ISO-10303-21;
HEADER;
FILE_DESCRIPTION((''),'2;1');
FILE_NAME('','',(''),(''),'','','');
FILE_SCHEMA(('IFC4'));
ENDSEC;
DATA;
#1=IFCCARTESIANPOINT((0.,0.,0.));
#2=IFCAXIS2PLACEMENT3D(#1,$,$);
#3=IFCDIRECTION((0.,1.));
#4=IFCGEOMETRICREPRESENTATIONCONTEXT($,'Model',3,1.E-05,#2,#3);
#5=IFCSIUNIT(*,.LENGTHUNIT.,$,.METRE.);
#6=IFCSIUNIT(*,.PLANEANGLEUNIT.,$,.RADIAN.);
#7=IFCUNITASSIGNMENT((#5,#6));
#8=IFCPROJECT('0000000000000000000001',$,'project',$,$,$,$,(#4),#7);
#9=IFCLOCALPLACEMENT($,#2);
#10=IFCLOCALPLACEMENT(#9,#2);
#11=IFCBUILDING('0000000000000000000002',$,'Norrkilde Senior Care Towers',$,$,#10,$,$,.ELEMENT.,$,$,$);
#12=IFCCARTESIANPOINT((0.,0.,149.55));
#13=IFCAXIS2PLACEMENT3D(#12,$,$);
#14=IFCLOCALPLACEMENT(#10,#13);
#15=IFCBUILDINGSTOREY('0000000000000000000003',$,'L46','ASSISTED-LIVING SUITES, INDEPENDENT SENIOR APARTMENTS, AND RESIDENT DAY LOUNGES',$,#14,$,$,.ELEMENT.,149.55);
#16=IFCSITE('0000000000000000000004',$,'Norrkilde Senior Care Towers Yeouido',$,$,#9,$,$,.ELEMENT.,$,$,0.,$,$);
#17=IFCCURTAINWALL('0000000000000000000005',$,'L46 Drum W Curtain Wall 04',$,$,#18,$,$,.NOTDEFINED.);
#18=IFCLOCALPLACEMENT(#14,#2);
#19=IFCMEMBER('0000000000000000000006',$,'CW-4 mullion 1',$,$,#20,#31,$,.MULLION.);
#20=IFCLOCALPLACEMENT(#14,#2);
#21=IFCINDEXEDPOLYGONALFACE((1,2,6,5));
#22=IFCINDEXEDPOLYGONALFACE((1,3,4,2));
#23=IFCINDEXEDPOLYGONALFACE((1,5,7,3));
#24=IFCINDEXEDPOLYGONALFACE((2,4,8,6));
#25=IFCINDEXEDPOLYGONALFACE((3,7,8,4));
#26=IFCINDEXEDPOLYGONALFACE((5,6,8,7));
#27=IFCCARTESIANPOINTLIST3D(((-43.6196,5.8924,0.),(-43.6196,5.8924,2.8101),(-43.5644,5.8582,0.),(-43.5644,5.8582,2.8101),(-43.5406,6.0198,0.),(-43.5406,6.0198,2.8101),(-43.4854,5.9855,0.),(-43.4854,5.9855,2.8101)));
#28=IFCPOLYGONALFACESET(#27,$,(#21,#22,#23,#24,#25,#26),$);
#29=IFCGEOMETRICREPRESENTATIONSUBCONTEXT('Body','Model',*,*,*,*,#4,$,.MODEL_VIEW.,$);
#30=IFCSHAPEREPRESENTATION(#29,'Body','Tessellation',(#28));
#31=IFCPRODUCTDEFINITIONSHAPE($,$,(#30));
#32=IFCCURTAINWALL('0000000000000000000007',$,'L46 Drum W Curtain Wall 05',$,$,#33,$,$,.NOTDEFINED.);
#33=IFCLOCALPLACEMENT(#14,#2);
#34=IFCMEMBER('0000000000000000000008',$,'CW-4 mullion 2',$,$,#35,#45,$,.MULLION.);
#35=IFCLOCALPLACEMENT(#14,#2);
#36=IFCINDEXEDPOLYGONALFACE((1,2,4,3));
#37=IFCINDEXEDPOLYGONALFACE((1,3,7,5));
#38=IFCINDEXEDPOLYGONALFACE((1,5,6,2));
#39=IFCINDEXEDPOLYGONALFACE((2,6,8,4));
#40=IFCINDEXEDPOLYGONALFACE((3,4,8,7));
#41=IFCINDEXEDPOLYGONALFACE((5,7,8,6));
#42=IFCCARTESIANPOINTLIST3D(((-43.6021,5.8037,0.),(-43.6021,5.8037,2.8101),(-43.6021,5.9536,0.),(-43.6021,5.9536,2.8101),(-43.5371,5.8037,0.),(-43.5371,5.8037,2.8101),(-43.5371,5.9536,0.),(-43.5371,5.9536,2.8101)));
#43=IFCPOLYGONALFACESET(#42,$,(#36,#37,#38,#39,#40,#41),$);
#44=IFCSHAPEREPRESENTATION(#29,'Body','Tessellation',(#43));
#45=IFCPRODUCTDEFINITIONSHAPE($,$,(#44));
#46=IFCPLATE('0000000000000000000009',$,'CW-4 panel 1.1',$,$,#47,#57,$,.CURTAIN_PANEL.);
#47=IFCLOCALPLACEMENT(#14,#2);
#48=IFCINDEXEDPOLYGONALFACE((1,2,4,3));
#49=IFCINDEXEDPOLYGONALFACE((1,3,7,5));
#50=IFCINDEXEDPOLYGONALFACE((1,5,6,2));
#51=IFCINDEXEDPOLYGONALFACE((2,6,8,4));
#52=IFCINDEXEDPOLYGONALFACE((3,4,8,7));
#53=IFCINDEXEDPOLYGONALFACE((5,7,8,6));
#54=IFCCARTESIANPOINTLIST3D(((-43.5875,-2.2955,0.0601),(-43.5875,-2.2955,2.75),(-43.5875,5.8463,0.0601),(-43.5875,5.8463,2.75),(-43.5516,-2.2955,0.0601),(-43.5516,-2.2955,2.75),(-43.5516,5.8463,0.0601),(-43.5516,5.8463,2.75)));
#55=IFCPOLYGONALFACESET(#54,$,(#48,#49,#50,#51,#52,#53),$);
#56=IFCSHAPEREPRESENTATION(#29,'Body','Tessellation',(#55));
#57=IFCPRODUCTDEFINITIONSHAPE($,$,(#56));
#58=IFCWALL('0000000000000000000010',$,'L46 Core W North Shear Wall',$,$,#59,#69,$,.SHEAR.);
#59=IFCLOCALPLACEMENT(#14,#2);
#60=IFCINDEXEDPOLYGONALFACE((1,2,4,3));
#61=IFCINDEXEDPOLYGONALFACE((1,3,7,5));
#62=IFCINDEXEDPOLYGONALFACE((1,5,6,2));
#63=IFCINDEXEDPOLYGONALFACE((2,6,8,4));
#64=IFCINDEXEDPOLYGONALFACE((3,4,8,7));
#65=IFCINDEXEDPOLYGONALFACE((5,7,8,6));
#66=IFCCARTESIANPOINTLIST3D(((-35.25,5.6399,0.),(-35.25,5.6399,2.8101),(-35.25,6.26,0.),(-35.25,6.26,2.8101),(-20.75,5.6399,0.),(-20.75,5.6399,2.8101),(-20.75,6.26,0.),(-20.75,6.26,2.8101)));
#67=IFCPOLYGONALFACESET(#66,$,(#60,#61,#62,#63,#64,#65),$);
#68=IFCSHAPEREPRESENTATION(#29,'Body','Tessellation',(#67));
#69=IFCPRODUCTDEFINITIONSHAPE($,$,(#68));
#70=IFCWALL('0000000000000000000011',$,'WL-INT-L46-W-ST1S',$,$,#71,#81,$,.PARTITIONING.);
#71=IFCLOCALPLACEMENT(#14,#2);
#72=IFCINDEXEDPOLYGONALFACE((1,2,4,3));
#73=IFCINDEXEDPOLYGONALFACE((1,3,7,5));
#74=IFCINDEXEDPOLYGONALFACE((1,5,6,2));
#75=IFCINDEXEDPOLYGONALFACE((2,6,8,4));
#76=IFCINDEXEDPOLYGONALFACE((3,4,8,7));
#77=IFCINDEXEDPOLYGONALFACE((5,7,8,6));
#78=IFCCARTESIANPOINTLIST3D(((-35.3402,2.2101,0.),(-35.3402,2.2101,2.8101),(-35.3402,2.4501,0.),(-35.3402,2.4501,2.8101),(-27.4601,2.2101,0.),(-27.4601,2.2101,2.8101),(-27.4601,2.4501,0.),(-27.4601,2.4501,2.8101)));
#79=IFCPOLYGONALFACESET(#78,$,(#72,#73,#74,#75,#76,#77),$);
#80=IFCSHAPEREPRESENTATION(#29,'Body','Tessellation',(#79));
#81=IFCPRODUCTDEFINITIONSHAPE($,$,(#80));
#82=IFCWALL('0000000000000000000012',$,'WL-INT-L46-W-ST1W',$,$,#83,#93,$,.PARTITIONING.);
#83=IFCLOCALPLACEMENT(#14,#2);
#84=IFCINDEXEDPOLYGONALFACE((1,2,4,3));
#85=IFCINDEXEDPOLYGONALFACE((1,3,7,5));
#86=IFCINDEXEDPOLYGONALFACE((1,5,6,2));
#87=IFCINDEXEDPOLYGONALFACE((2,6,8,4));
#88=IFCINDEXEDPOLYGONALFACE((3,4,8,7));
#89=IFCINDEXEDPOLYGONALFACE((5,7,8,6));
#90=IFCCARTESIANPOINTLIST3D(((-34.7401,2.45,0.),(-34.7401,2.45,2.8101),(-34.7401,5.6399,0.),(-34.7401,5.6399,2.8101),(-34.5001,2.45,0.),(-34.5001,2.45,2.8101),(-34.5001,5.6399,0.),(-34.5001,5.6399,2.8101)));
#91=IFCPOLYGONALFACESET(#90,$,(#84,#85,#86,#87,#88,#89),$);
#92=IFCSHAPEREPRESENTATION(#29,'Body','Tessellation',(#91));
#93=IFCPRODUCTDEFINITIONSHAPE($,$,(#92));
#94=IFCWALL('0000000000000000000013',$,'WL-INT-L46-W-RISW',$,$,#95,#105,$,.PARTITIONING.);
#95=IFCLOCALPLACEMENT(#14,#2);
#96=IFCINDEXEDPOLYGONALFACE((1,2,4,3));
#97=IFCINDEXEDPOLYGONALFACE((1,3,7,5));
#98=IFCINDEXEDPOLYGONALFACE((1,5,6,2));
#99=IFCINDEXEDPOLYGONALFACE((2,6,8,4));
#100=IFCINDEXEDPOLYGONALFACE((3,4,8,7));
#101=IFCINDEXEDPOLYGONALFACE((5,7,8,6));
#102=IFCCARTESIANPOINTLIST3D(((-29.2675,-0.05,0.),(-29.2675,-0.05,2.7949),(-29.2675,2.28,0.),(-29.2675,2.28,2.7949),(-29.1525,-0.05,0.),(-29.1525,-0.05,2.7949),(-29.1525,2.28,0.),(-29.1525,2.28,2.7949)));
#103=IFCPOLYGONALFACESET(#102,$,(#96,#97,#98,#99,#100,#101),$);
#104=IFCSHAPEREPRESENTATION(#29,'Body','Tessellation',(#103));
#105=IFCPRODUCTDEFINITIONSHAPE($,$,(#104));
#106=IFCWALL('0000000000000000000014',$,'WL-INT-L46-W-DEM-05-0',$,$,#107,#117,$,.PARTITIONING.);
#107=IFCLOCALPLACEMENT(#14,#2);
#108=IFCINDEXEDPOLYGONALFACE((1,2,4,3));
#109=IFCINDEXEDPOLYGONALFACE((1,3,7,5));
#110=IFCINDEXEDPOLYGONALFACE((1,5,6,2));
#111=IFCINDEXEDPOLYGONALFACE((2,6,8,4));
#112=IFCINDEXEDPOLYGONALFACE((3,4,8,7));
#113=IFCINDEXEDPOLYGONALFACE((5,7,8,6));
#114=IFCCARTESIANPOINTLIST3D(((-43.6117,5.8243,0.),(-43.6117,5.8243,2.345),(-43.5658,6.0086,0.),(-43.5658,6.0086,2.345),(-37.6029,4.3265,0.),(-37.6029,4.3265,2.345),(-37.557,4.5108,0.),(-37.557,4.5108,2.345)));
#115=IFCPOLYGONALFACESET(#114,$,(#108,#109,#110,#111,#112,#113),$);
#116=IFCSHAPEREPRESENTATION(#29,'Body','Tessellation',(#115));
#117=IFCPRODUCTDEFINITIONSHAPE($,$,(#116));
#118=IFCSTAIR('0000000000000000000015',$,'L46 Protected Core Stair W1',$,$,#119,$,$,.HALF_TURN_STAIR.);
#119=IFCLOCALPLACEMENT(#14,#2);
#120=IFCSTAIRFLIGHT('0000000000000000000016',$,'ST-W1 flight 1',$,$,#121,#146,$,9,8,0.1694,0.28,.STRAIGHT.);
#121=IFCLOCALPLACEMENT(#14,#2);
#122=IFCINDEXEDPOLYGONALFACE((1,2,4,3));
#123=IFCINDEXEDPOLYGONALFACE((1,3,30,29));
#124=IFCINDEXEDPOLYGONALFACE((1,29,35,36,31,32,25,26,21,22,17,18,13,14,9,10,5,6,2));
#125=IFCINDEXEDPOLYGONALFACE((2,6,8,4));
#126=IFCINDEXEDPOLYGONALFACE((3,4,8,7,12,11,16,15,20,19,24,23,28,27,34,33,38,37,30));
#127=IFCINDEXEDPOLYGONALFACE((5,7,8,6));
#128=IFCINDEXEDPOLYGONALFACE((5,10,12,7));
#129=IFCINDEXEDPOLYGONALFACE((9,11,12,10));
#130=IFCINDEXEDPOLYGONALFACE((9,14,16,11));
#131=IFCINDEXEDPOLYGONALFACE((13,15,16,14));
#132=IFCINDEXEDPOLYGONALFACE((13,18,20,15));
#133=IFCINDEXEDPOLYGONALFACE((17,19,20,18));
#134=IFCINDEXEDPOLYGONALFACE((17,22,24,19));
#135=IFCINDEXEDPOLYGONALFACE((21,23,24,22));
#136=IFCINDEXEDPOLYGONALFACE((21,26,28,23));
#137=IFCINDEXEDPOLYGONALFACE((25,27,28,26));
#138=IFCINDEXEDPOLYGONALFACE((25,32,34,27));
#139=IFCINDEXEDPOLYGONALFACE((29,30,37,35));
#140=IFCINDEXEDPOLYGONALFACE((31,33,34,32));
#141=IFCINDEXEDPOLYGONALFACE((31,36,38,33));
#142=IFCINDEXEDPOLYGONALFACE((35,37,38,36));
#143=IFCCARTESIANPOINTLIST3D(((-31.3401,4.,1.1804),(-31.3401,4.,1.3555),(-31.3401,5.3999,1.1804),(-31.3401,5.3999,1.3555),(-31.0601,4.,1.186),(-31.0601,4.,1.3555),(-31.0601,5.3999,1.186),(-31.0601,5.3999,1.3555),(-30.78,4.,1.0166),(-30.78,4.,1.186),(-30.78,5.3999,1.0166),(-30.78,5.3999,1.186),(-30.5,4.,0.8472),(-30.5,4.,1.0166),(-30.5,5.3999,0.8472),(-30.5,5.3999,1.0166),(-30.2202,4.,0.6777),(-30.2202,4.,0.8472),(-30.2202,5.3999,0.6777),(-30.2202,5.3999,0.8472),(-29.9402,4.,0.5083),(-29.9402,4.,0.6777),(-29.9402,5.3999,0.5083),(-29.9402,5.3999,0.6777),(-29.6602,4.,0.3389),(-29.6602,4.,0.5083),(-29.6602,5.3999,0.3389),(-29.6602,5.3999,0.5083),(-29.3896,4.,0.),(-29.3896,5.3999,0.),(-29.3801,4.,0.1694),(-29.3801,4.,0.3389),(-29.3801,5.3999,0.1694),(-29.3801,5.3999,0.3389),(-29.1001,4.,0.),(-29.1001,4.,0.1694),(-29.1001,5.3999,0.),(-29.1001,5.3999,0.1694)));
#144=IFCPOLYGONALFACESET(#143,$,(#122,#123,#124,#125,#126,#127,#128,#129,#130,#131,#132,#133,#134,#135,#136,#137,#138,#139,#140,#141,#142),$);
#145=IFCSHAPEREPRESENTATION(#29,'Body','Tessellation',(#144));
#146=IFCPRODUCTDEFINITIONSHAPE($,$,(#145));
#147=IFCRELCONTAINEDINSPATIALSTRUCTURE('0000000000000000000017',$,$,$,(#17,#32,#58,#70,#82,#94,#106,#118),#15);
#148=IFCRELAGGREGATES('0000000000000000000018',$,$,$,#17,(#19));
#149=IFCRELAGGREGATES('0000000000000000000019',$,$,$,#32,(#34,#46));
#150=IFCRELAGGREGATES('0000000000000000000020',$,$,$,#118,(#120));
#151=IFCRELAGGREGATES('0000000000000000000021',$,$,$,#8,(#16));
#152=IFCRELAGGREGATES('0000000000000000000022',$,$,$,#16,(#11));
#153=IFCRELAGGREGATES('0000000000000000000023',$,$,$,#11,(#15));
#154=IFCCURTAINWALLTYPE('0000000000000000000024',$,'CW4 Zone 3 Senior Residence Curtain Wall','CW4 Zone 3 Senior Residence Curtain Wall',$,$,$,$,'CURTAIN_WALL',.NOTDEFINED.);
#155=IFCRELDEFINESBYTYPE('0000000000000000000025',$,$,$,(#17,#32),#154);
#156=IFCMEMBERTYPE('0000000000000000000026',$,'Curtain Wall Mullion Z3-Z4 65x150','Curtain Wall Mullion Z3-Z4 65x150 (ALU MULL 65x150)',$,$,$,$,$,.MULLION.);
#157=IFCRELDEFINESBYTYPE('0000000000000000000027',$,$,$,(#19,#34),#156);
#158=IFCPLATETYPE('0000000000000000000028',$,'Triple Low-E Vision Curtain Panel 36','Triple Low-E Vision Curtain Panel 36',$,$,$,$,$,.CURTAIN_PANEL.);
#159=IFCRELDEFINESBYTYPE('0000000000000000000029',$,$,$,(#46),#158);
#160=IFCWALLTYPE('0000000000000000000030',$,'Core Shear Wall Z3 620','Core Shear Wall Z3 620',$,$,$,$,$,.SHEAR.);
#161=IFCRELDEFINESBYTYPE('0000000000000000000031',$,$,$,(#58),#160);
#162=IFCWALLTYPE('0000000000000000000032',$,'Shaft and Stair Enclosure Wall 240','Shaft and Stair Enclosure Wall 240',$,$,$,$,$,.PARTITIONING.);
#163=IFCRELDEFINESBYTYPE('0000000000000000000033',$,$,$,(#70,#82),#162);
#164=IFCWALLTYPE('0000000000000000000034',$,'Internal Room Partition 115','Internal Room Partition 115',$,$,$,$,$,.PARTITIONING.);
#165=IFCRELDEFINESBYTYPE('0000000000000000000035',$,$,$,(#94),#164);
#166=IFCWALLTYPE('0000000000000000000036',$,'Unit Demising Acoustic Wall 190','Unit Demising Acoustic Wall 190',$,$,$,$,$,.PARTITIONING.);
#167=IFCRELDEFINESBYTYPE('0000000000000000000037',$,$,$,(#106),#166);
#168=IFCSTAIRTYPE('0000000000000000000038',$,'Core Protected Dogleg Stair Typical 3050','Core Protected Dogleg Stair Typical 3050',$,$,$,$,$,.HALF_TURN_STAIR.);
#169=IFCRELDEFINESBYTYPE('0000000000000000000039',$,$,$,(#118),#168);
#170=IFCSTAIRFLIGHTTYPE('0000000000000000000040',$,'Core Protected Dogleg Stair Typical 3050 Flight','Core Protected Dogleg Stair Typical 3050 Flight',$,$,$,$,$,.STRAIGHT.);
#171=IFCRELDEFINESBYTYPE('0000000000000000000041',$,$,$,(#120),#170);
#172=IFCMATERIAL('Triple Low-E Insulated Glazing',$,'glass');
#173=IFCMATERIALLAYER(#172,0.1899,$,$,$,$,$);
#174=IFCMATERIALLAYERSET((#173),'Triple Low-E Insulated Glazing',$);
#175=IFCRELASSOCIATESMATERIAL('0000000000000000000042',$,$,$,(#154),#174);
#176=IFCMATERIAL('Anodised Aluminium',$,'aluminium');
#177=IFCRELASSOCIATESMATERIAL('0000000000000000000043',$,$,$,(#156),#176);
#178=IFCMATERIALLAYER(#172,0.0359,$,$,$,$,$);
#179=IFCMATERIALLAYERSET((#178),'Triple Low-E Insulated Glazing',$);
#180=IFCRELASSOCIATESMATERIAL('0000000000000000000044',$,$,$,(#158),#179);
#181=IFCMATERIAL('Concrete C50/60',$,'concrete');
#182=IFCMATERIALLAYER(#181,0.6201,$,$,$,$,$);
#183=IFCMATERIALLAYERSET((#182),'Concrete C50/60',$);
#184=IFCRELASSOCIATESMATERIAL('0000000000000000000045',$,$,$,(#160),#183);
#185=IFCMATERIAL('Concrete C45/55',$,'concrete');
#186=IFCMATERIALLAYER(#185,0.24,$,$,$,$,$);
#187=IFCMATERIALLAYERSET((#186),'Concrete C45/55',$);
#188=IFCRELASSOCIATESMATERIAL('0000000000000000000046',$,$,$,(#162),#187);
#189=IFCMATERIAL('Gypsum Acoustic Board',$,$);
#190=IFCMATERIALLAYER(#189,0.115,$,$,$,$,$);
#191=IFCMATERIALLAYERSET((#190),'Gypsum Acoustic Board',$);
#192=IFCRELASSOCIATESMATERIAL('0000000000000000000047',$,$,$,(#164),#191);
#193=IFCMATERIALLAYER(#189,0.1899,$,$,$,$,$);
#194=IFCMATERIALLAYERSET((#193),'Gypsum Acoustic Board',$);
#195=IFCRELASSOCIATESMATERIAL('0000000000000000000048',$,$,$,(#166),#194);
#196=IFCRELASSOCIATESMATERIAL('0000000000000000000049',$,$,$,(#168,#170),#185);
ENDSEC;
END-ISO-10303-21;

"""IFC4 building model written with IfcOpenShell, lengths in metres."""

from ifc_helpers import new_model, si_unit, direction, frame, frame_2d, origin, origin_2d, place, context, subcontext, project, spatial, polyline, rectangle, outline, extrude, source, transform, mapped, material, layer, layer_set, material_profile, profile_set, type_object, type_shapes, element, aggregate, save


model = new_model("IFC4")

# Units and contexts
model_context = context("Model", 3, precision=1e-05, world=origin(), true_north=direction((0.0, 1.0)))
body_context = subcontext(model_context, "Body", "Model", "MODEL_VIEW")
ifc_project = project(units=[si_unit("LENGTHUNIT", "METRE"), si_unit("PLANEANGLEUNIT", "RADIAN")], contexts=[model_context])

# Site, building, storey
site_placement = place(None, origin())
site = spatial("IfcSite", under=ifc_project, at=site_placement, Name="Norrkilde Senior Care Towers Yeouido", CompositionType="ELEMENT", RefElevation=0.0)
building_placement = place(site_placement, origin())
building = spatial("IfcBuilding", under=site, at=building_placement, Name="Norrkilde Senior Care Towers", CompositionType="ELEMENT")
storey_placement = place(building_placement, frame((0.0, 0.0, 149.55)))
storey = spatial("IfcBuildingStorey", under=building, at=storey_placement, Name="L46", Description="ASSISTED-LIVING SUITES, INDEPENDENT SENIOR APARTMENTS, AND RESIDENT DAY LOUNGES", CompositionType="ELEMENT", Elevation=149.55)

# Shared definitions
ifc_material_1 = material(Name="Concrete C50/60", Category="concrete")

# Curtain wall, member
ifc_material_2 = material(Name="Triple Low-E Insulated Glazing", Category="glass")
ifc_layer_1 = layer(ifc_material_2, 0.1899)
ifc_layer_set_1 = layer_set([ifc_layer_1], Name="Triple Low-E Insulated Glazing")
curtain_wall_type = type_object("IfcCurtainWallType", Name="CW4 Zone 3 Senior Residence Curtain Wall", Description="CW4 Zone 3 Senior Residence Curtain Wall", ElementType="CURTAIN_WALL", PredefinedType="NOTDEFINED", material=ifc_layer_set_1)
curtain_wall_1_placement = place(storey_placement, origin())
curtain_wall_1 = element("IfcCurtainWall", 1, at=curtain_wall_1_placement, inside=storey, type_object=curtain_wall_type, Name="L46 Drum W Curtain Wall 04", PredefinedType="NOTDEFINED")
ifc_material_3 = material(Name="Anodised Aluminium", Category="aluminium")
ifc_material_profile_1 = material_profile(ifc_material_3, rectangle(XDim=0.0649, YDim=0.1499, at=origin_2d()), Name="ALU MULL 65x150")
ifc_profile_set_1 = profile_set([ifc_material_profile_1], Name="Anodised Aluminium")
member_type = type_object("IfcMemberType", Name="Curtain Wall Mullion Z3-Z4 65x150", Description="Curtain Wall Mullion Z3-Z4 65x150 (ALU MULL 65x150)", PredefinedType="MULLION", material=ifc_profile_set_1)
shared_shape_1 = source(origin(), body_context, "Body", "SweptSolid", [
    extrude(rectangle(XDim=0.0649, YDim=0.1499, at=origin_2d()), origin(), (0.0, 0.0, 1.0), 2.8101),
])
type_shapes(member_type, [shared_shape_1])
member_1_placement = place(storey_placement, frame((-43.5525, 5.939, 0.0), z_axis=(0.0, 0.0, 1.0), x_axis=(-0.849634, 0.527373, 0.0)))
member_1 = element("IfcMember", 2, at=member_1_placement, type_object=member_type, Name="CW-4 mullion 1", PredefinedType="MULLION", context=body_context, shape_type="MappedRepresentation", body=[
    mapped(shared_shape_1, transform((0.0, 0.0, 0.0), x_axis=(1.0, 0.0, 0.0), y_axis=(0.0, 1.0, 0.0), z_axis=(0.0, 0.0, 1.0), scale=1.0)),
])
aggregate(curtain_wall_1, [member_1])

# Curtain wall, member, plate
curtain_wall_2_placement = place(storey_placement, origin())
curtain_wall_2 = element("IfcCurtainWall", 3, at=curtain_wall_2_placement, inside=storey, type_object=curtain_wall_type, Name="L46 Drum W Curtain Wall 05", PredefinedType="NOTDEFINED")
member_2_placement = place(storey_placement, frame((-43.5696, 5.8787, 0.0), z_axis=(0.0, 0.0, 1.0), x_axis=(-1.0, 0.0, 0.0)))
member_2 = element("IfcMember", 4, at=member_2_placement, type_object=member_type, Name="CW-4 mullion 2", PredefinedType="MULLION", context=body_context, shape_type="MappedRepresentation", body=[
    mapped(shared_shape_1, transform((0.0, 0.0, 0.0), x_axis=(1.0, 0.0, 0.0), y_axis=(0.0, 1.0, 0.0), z_axis=(0.0, 0.0, 1.0), scale=1.0)),
])
ifc_layer_2 = layer(ifc_material_2, 0.0359)
ifc_layer_set_2 = layer_set([ifc_layer_2], Name="Triple Low-E Insulated Glazing")
plate_type = type_object("IfcPlateType", Name="Triple Low-E Vision Curtain Panel 36", Description="Triple Low-E Vision Curtain Panel 36", PredefinedType="CURTAIN_PANEL", material=ifc_layer_set_2)
shared_shape_2 = source(origin(), body_context, "Body", "SweptSolid", [
    extrude(rectangle(XDim=8.1418, YDim=0.0359, at=origin_2d()), origin(), (0.0, 0.0, 1.0), 2.6899),
])
type_shapes(plate_type, [shared_shape_2])
plate_placement = place(storey_placement, frame((-43.5696, 1.7754, 0.0601), z_axis=(0.0, 0.0, 1.0), x_axis=(0.0, 1.0, 0.0)))
plate = element("IfcPlate", 5, at=plate_placement, type_object=plate_type, Name="CW-4 panel 1.1", PredefinedType="CURTAIN_PANEL", context=body_context, shape_type="MappedRepresentation", body=[
    mapped(shared_shape_2, transform((0.0, 0.0, 0.0), x_axis=(1.0, 0.0, 0.0), y_axis=(0.0, 1.0, 0.0), z_axis=(0.0, 0.0, 1.0), scale=1.0)),
])
aggregate(curtain_wall_2, [member_2, plate])

# Walls
ifc_layer_3 = layer(ifc_material_1, 0.6201)
ifc_layer_set_3 = layer_set([ifc_layer_3], Name="Concrete C50/60")
wall_type_1 = type_object("IfcWallType", Name="Core Shear Wall Z3 620", Description="Core Shear Wall Z3 620", PredefinedType="SHEAR", material=ifc_layer_set_3)
shared_shape_3 = source(origin(), body_context, "Body", "SweptSolid", [
    extrude(rectangle(XDim=14.5, YDim=0.6201, at=frame_2d((7.25, 0.0))), origin(), (0.0, 0.0, 1.0), 2.8101),
])
type_shapes(wall_type_1, [shared_shape_3])
wall_1_placement = place(storey_placement, frame((-35.25, 5.95, 0.0), z_axis=(0.0, 0.0, 1.0), x_axis=(1.0, 0.0, 0.0)))
element("IfcWall", 6, at=wall_1_placement, inside=storey, type_object=wall_type_1, Name="L46 Core W North Shear Wall", PredefinedType="SHEAR", context=body_context, shape_type="MappedRepresentation", body=[
    mapped(shared_shape_3, transform((0.0, 0.0, 0.0), x_axis=(1.0, 0.0, 0.0), y_axis=(0.0, 1.0, 0.0), z_axis=(0.0, 0.0, 1.0), scale=1.0)),
])
ifc_material_4 = material(Name="Concrete C45/55", Category="concrete")
ifc_layer_4 = layer(ifc_material_4, 0.24)
ifc_layer_set_4 = layer_set([ifc_layer_4], Name="Concrete C45/55")
wall_type_2 = type_object("IfcWallType", Name="Shaft and Stair Enclosure Wall 240", Description="Shaft and Stair Enclosure Wall 240", PredefinedType="PARTITIONING", material=ifc_layer_set_4)
shared_shape_4 = source(origin(), body_context, "Body", "SweptSolid", [
    extrude(rectangle(XDim=7.8801, YDim=0.24, at=frame_2d((3.9399, 0.0))), origin(), (0.0, 0.0, 1.0), 2.8101),
])
wall_2_placement = place(storey_placement, frame((-35.3401, 2.3301, 0.0), z_axis=(0.0, 0.0, 1.0), x_axis=(1.0, 0.0, 0.0)))
element("IfcWall", 7, at=wall_2_placement, inside=storey, type_object=wall_type_2, Name="WL-INT-L46-W-ST1S", PredefinedType="PARTITIONING", context=body_context, shape_type="MappedRepresentation", body=[
    mapped(shared_shape_4, transform((0.0, 0.0, 0.0), x_axis=(1.0, 0.0, 0.0), y_axis=(0.0, 1.0, 0.0), z_axis=(0.0, 0.0, 1.0), scale=1.0)),
])
shared_shape_5 = source(origin(), body_context, "Body", "SweptSolid", [
    extrude(rectangle(XDim=3.1899, YDim=0.24, at=frame_2d((1.595, 0.0))), origin(), (0.0, 0.0, 1.0), 2.8101),
])
type_shapes(wall_type_2, [shared_shape_4, shared_shape_5])
wall_3_placement = place(storey_placement, frame((-34.6201, 2.45, 0.0), z_axis=(0.0, 0.0, 1.0), x_axis=(0.0, 1.0, 0.0)))
element("IfcWall", 8, at=wall_3_placement, inside=storey, type_object=wall_type_2, Name="WL-INT-L46-W-ST1W", PredefinedType="PARTITIONING", context=body_context, shape_type="MappedRepresentation", body=[
    mapped(shared_shape_5, transform((0.0, 0.0, 0.0), x_axis=(1.0, 0.0, 0.0), y_axis=(0.0, 1.0, 0.0), z_axis=(0.0, 0.0, 1.0), scale=1.0)),
])
ifc_material_5 = material(Name="Gypsum Acoustic Board")
ifc_layer_5 = layer(ifc_material_5, 0.115)
ifc_layer_set_5 = layer_set([ifc_layer_5], Name="Gypsum Acoustic Board")
wall_type_3 = type_object("IfcWallType", Name="Internal Room Partition 115", Description="Internal Room Partition 115", PredefinedType="PARTITIONING", material=ifc_layer_set_5)
shared_shape_6 = source(origin(), body_context, "Body", "SweptSolid", [
    extrude(rectangle(XDim=2.3301, YDim=0.115, at=frame_2d((1.165, 0.0))), origin(), (0.0, 0.0, 1.0), 2.7949),
])
type_shapes(wall_type_3, [shared_shape_6])
wall_4_placement = place(storey_placement, frame((-29.21, -0.05, 0.0), z_axis=(0.0, 0.0, 1.0), x_axis=(0.0, 1.0, 0.0)))
element("IfcWall", 9, at=wall_4_placement, inside=storey, type_object=wall_type_3, Name="WL-INT-L46-W-RISW", PredefinedType="PARTITIONING", context=body_context, shape_type="MappedRepresentation", body=[
    mapped(shared_shape_6, transform((0.0, 0.0, 0.0), x_axis=(1.0, 0.0, 0.0), y_axis=(0.0, 1.0, 0.0), z_axis=(0.0, 0.0, 1.0), scale=1.0)),
])
ifc_layer_6 = layer(ifc_material_5, 0.1899)
ifc_layer_set_6 = layer_set([ifc_layer_6], Name="Gypsum Acoustic Board")
wall_type_4 = type_object("IfcWallType", Name="Unit Demising Acoustic Wall 190", Description="Unit Demising Acoustic Wall 190", PredefinedType="PARTITIONING", material=ifc_layer_set_6)
shared_shape_7 = source(origin(), body_context, "Body", "SweptSolid", [
    extrude(rectangle(XDim=6.1926, YDim=0.1899, at=frame_2d((3.0962, 0.0))), origin(), (0.0, 0.0, 1.0), 2.345),
])
type_shapes(wall_type_4, [shared_shape_7])
wall_5_placement = place(storey_placement, frame((-37.5801, 4.4187, 0.0), z_axis=(0.0, 0.0, 1.0), x_axis=(-0.970309, 0.241868, 0.0)))
element("IfcWall", 10, at=wall_5_placement, inside=storey, type_object=wall_type_4, Name="WL-INT-L46-W-DEM-05-0", PredefinedType="PARTITIONING", context=body_context, shape_type="MappedRepresentation", body=[
    mapped(shared_shape_7, transform((0.0, 0.0, 0.0), x_axis=(1.0, 0.0, 0.0), y_axis=(0.0, 1.0, 0.0), z_axis=(0.0, 0.0, 1.0), scale=1.0)),
])

# Stair, stair flight
stair_type = type_object("IfcStairType", Name="Core Protected Dogleg Stair Typical 3050", Description="Core Protected Dogleg Stair Typical 3050", PredefinedType="HALF_TURN_STAIR", material=ifc_material_4)
stair_placement = place(storey_placement, origin())
stair = element("IfcStair", 11, at=stair_placement, inside=storey, type_object=stair_type, Name="L46 Protected Core Stair W1", PredefinedType="HALF_TURN_STAIR")
stair_flight_type = type_object("IfcStairFlightType", Name="Core Protected Dogleg Stair Typical 3050 Flight", Description="Core Protected Dogleg Stair Typical 3050 Flight", PredefinedType="STRAIGHT", material=ifc_material_4)
stair_flight_1_placement = place(storey_placement, frame((-29.1001, 4.7, 0.0), z_axis=(0.0, 0.0, 1.0), x_axis=(-1.0, 0.0, 0.0)))
stair_flight_1 = element("IfcStairFlight", 12, at=stair_flight_1_placement, type_object=stair_flight_type, Name="ST-W1 flight 1", NumberOfRisers=9, NumberOfTreads=8, PredefinedType="STRAIGHT", RiserHeight=0.1694, TreadLength=0.28, context=body_context, shape_type="SweptSolid", body=[
    extrude(outline(polyline([(0.0, 0.0), (0.0, 0.1694), (0.28, 0.1694), (0.28, 0.3389), (0.5601, 0.3389), (0.5601, 0.5083), (0.8401, 0.5083), (0.8401, 0.6777), (1.1201, 0.6777), (1.1201, 0.8472), (1.3999, 0.8472), (1.3999, 1.0166), (1.6799, 1.0166), (1.6799, 1.186), (1.96, 1.186), (1.96, 1.3555), (2.24, 1.3555), (2.24, 1.5249), (2.24, 1.1804), (0.2896, 0.0), (0.0, 0.0)])), frame((0.0, 0.7, 0.0), z_axis=(0.0, -1.0, 0.0), x_axis=(1.0, 0.0, 0.0)), (0.0, 0.0, 1.0), 1.3999),
])
aggregate(stair, [stair_flight_1])

save(model, "model.ifc")
